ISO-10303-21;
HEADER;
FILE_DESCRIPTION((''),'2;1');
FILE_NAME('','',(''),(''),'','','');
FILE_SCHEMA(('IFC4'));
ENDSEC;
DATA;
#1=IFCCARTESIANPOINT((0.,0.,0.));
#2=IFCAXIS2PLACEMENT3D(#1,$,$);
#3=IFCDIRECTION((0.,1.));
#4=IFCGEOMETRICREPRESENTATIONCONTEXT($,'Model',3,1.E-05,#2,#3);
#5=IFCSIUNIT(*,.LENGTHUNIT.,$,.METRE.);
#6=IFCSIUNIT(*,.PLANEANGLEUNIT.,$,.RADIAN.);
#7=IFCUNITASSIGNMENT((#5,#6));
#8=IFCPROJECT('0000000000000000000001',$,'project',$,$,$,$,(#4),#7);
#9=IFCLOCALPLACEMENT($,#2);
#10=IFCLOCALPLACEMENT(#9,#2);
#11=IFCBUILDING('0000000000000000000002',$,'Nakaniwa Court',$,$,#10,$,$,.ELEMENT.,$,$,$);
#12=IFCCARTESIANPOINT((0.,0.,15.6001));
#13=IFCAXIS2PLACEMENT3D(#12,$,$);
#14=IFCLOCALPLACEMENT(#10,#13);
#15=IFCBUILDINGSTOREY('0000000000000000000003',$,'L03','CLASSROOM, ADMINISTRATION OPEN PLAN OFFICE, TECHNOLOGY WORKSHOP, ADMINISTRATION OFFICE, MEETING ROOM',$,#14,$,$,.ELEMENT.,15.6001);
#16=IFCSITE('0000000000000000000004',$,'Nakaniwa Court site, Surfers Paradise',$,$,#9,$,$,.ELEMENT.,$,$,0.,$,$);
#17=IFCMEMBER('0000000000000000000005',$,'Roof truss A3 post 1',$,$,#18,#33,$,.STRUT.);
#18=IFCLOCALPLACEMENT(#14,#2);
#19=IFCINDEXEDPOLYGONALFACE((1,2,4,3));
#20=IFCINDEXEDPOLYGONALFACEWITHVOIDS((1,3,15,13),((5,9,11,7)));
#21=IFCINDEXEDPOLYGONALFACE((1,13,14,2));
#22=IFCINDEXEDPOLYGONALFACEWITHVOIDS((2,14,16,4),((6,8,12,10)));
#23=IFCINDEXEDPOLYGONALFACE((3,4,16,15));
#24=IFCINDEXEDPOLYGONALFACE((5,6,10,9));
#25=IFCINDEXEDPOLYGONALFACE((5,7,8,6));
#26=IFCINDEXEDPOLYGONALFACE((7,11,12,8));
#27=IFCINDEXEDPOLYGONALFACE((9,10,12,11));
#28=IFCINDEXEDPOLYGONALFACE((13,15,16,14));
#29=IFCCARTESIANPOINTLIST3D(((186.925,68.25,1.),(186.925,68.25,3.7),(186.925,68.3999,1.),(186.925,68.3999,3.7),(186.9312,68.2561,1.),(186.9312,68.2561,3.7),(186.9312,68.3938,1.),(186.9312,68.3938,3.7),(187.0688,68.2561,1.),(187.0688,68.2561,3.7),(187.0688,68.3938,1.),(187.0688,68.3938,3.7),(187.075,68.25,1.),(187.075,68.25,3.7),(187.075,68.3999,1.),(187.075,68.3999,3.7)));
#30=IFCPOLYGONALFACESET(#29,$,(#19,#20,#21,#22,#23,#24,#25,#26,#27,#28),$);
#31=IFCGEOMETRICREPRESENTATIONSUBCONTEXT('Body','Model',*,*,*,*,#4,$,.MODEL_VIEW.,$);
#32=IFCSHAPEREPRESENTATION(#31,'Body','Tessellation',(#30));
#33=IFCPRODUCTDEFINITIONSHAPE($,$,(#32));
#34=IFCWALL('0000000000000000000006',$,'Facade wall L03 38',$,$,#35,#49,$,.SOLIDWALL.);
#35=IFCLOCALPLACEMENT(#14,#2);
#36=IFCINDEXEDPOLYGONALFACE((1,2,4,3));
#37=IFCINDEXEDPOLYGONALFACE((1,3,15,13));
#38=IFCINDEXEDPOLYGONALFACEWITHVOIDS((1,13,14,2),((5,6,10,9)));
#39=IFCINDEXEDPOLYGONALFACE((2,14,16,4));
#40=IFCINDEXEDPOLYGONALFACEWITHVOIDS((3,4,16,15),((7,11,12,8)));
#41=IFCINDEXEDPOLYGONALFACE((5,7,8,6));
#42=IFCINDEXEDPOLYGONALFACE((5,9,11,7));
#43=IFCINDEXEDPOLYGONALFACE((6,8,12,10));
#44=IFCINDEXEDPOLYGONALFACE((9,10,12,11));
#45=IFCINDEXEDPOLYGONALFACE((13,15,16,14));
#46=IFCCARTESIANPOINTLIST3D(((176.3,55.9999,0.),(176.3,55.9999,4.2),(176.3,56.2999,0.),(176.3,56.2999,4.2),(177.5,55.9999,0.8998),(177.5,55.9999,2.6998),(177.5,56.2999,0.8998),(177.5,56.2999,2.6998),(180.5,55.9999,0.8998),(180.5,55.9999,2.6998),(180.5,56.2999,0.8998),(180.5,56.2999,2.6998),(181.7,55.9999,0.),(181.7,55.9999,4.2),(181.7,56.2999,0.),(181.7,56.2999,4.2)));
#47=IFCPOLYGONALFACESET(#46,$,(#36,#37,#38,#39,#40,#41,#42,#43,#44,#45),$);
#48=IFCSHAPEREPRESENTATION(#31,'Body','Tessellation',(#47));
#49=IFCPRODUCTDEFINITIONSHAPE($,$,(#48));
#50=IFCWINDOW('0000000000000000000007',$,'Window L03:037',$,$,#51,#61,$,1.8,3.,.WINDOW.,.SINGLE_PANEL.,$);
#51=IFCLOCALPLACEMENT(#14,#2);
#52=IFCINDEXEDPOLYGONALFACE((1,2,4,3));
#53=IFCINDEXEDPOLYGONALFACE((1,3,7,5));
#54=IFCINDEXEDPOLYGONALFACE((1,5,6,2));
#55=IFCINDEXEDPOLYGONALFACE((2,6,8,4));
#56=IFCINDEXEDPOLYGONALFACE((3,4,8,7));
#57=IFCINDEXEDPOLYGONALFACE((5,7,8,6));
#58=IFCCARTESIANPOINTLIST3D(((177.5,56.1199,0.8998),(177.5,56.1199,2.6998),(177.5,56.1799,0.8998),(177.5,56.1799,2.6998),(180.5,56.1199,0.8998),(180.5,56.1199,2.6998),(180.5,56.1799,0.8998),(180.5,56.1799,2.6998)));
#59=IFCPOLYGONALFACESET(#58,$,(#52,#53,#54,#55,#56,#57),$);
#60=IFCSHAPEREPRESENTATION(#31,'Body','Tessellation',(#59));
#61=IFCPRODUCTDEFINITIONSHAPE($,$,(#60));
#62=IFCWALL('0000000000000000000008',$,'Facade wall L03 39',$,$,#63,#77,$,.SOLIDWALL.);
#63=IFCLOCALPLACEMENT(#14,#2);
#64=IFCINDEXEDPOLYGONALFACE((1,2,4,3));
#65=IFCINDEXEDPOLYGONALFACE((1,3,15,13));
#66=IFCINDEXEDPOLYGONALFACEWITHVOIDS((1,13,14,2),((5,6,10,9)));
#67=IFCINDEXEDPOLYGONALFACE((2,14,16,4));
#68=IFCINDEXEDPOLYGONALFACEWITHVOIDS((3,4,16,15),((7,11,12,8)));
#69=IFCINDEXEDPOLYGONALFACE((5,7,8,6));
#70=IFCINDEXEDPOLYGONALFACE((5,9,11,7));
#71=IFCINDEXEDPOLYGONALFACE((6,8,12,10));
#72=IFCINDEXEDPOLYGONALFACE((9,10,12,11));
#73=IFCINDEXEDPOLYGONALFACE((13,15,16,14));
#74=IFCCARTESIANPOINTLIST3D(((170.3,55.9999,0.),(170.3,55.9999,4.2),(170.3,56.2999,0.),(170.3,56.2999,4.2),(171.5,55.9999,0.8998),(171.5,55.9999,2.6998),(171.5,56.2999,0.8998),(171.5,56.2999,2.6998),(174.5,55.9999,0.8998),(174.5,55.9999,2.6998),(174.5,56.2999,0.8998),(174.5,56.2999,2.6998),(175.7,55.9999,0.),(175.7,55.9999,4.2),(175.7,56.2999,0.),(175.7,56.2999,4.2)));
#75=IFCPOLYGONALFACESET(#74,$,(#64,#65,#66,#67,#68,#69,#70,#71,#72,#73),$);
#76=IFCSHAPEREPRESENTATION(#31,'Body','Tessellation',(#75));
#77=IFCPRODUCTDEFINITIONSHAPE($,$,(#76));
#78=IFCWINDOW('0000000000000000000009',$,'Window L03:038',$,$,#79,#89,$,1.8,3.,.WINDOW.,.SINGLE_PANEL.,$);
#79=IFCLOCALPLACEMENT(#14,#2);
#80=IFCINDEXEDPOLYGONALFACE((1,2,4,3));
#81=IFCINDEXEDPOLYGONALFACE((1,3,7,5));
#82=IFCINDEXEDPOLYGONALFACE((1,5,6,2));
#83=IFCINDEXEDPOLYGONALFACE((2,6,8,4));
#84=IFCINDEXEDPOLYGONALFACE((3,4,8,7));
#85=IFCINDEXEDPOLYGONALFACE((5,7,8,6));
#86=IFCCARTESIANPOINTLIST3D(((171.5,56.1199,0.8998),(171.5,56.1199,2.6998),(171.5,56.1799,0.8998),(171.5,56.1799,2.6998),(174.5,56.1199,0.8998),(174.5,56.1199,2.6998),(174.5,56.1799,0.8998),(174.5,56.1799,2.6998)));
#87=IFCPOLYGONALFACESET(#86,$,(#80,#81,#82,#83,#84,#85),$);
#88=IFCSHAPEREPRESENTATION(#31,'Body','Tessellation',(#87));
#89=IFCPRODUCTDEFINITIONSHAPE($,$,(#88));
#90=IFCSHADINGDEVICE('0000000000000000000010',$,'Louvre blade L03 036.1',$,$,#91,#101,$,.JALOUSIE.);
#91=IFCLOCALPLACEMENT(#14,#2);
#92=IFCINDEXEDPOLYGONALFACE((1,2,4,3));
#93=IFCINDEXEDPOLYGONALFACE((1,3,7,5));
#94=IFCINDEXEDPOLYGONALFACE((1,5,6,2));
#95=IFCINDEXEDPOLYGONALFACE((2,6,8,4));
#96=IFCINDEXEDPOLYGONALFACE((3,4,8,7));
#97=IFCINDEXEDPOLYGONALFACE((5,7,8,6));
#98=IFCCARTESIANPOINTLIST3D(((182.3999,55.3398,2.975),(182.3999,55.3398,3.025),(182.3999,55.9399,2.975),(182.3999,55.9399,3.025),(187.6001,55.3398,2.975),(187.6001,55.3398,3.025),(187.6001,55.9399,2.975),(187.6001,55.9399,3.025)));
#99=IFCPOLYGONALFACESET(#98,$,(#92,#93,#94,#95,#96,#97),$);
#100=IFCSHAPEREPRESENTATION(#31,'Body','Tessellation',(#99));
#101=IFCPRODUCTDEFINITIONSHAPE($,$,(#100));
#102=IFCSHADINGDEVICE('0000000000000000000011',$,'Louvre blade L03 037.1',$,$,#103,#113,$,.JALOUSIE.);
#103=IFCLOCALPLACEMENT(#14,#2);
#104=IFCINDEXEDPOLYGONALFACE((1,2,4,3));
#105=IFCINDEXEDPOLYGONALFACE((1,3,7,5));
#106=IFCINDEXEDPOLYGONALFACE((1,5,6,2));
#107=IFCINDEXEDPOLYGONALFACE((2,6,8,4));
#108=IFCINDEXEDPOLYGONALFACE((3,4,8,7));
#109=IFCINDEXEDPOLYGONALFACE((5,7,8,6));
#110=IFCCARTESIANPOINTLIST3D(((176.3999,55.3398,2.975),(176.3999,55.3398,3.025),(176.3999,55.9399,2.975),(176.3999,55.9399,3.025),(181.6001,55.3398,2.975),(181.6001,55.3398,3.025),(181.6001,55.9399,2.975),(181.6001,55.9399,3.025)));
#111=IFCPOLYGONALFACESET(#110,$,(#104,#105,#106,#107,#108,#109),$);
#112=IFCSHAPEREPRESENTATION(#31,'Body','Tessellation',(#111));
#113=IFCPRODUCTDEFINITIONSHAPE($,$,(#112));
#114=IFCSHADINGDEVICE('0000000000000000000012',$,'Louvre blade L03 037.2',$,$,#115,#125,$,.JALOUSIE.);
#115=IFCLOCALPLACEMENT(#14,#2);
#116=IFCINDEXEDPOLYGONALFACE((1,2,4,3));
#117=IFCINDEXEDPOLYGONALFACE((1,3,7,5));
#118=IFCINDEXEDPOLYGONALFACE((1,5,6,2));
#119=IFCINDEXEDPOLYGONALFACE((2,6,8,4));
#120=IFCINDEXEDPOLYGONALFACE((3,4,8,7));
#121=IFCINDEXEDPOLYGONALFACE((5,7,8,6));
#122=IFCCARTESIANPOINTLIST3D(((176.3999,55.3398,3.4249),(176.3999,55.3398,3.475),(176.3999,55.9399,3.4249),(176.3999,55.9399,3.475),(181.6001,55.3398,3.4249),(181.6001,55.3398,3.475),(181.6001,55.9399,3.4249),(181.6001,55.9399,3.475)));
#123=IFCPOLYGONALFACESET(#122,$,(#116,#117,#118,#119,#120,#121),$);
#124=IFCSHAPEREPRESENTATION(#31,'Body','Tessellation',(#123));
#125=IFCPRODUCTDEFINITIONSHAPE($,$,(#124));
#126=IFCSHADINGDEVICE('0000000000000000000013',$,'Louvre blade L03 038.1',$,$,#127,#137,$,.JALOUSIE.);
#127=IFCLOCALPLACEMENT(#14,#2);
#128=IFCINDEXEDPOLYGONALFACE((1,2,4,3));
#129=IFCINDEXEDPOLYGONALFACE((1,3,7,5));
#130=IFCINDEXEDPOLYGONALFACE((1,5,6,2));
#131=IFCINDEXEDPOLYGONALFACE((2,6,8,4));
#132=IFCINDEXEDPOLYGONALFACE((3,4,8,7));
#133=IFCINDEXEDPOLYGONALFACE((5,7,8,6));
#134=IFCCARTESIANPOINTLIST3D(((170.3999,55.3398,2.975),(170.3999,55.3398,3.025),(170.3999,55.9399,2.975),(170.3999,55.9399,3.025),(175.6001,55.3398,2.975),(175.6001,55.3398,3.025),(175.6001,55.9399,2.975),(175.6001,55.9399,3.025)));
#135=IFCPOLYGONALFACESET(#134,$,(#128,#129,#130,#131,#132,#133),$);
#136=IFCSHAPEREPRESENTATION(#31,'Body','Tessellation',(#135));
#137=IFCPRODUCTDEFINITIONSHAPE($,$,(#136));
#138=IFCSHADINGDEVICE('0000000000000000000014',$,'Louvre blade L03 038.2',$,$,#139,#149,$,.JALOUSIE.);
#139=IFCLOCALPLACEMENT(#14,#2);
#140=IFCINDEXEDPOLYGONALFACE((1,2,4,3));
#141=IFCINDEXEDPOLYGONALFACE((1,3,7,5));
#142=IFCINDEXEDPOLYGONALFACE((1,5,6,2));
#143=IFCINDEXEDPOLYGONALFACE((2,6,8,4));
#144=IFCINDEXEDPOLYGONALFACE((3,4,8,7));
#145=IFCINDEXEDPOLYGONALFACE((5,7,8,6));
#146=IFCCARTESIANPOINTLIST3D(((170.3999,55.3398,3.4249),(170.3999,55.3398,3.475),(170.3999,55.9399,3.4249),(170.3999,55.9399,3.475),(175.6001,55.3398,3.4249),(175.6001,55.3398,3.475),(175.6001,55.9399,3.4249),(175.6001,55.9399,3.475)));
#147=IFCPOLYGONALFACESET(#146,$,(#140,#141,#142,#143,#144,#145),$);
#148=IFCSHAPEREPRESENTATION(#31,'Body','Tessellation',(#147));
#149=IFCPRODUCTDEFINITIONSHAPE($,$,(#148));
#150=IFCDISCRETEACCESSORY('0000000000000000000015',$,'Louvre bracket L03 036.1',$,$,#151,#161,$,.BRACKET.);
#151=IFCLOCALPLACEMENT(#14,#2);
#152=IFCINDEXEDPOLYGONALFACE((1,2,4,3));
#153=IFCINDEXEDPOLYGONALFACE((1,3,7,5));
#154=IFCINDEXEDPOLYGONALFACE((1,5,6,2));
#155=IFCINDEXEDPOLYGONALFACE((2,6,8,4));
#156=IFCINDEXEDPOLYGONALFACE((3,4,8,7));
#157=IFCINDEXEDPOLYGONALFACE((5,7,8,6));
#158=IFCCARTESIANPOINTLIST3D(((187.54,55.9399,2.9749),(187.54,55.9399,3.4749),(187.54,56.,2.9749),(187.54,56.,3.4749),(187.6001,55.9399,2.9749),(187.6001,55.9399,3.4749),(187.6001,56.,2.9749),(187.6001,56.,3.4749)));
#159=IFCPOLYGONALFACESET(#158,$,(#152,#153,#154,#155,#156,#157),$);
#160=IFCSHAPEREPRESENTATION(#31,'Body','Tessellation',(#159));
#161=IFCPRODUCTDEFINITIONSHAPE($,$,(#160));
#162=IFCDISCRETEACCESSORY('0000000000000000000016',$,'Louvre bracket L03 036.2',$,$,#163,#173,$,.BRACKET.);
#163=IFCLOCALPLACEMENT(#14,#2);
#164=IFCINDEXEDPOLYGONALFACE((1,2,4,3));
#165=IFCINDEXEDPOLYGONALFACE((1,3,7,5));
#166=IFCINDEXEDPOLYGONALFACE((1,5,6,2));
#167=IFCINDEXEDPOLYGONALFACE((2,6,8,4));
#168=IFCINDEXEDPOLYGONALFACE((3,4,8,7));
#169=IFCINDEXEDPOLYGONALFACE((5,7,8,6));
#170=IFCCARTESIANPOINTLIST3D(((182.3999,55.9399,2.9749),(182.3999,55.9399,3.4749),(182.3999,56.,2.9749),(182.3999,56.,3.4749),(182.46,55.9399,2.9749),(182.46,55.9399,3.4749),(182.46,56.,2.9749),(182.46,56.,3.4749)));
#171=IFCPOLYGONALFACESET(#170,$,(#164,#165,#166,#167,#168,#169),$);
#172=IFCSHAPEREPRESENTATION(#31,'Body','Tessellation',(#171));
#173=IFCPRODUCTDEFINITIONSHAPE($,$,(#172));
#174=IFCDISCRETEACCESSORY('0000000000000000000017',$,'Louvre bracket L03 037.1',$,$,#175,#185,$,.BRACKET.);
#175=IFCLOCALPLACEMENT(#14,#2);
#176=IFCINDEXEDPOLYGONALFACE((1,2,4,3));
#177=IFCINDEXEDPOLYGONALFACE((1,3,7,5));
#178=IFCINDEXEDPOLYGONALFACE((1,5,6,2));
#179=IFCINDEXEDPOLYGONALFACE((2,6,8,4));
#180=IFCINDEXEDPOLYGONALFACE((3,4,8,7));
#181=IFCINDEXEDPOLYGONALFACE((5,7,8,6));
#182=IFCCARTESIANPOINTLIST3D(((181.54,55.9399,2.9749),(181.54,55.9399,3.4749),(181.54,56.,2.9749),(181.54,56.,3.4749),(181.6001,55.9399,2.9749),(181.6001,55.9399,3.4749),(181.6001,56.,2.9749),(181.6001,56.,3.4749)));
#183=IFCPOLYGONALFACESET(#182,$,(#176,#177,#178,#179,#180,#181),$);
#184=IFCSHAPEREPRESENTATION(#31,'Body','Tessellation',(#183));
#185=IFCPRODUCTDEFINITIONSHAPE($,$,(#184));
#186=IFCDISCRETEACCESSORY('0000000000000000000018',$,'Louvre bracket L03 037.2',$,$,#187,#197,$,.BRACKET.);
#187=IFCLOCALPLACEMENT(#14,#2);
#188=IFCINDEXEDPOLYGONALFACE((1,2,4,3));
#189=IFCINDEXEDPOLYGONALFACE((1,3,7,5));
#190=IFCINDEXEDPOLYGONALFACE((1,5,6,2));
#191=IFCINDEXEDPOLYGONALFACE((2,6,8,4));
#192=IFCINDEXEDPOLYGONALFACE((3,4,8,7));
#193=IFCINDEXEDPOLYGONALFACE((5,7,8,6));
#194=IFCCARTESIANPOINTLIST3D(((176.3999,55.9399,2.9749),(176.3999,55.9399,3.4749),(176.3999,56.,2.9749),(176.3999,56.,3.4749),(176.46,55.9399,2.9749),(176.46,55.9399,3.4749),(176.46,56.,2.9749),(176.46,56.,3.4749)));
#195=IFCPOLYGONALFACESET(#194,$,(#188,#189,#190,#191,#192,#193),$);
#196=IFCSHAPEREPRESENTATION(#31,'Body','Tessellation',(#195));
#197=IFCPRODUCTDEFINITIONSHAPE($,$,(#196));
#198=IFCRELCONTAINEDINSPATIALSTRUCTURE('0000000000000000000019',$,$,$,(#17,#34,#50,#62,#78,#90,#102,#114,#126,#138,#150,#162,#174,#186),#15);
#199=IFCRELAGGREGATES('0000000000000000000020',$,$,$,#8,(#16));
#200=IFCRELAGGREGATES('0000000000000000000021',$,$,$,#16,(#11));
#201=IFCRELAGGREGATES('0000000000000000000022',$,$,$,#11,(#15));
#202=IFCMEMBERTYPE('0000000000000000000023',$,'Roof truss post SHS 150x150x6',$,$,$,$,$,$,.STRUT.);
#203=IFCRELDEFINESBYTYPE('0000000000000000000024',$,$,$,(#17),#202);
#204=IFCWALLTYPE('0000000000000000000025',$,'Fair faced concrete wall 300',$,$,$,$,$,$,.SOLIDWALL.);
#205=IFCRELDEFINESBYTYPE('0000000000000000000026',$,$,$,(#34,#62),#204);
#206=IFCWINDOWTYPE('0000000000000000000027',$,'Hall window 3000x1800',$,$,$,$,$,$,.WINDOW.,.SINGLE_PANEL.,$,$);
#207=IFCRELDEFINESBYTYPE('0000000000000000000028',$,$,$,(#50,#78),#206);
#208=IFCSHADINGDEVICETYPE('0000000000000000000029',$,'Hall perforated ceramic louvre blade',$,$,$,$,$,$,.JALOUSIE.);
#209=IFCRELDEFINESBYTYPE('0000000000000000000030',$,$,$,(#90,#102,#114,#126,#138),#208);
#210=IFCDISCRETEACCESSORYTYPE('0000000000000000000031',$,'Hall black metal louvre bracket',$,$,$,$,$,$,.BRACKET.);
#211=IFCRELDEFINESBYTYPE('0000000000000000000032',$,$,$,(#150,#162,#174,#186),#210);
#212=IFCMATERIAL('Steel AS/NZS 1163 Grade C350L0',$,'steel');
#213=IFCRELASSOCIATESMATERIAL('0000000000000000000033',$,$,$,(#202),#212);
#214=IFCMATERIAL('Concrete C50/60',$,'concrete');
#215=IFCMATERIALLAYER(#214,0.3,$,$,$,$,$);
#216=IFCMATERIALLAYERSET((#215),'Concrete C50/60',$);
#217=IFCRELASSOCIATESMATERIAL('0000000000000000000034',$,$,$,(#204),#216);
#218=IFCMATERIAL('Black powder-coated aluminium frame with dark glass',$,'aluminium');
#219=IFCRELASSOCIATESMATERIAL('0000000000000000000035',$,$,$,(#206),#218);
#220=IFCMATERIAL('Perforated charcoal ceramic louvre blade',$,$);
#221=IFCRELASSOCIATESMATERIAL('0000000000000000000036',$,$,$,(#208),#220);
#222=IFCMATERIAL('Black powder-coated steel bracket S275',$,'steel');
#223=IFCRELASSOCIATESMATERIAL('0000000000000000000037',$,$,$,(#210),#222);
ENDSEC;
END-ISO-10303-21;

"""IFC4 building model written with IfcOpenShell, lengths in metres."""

from ifc_helpers import new_model, si_unit, direction, frame, frame_2d, origin, origin_2d, place, context, subcontext, project, spatial, rectangle, hollow_rectangle, extrude, material, layer, layer_set, material_profile, profile_set, type_object, element, fill, save


model = new_model("IFC4")

# Units and contexts
model_context = context("Model", 3, precision=1e-05, world=origin(), true_north=direction((0.0, 1.0)))
body_context = subcontext(model_context, "Body", "Model", "MODEL_VIEW")
ifc_project = project(units=[si_unit("LENGTHUNIT", "METRE"), si_unit("PLANEANGLEUNIT", "RADIAN")], contexts=[model_context])

# Site, building, storey
site_placement = place(None, origin())
site = spatial("IfcSite", under=ifc_project, at=site_placement, Name="Nakaniwa Court site, Surfers Paradise", CompositionType="ELEMENT", RefElevation=0.0)
building_placement = place(site_placement, origin())
building = spatial("IfcBuilding", under=site, at=building_placement, Name="Nakaniwa Court", CompositionType="ELEMENT")
storey_placement = place(building_placement, frame((0.0, 0.0, 15.6001)))
storey = spatial("IfcBuildingStorey", under=building, at=storey_placement, Name="L03", Description="CLASSROOM, ADMINISTRATION OPEN PLAN OFFICE, TECHNOLOGY WORKSHOP, ADMINISTRATION OFFICE, MEETING ROOM", CompositionType="ELEMENT", Elevation=15.6001)

# Shared definitions
ifc_material_1 = material(Name="Concrete C50/60", Category="concrete")

# Member
ifc_material_2 = material(Name="Steel AS/NZS 1163 Grade C350L0", Category="steel")
ifc_material_profile_1 = material_profile(ifc_material_2, hollow_rectangle(XDim=0.1499, YDim=0.1499, WallThickness=0.0061, at=origin_2d()), Name="SHS 150x150x6")
ifc_profile_set_1 = profile_set([ifc_material_profile_1], Name="Steel AS/NZS 1163 Grade C350L0")
member_type_1 = type_object("IfcMemberType", Name="Roof truss post SHS 150x150x6", PredefinedType="STRUT", material=ifc_profile_set_1)
for number, where, z_axis, x_axis, name in (
    (1, (187.0, 68.325, 1.0), (0.0, 0.0, 1.0), (1.0, 0.0, 0.0), "Roof truss A3 post 1"),
):
    element("IfcMember", number, at=place(storey_placement, frame(where, z_axis=z_axis, x_axis=x_axis)), inside=storey, type_object=member_type_1, Name=name, PredefinedType="STRUT", context=body_context, shape_type="SweptSolid", body=[
        extrude(hollow_rectangle(XDim=0.1499, YDim=0.1499, WallThickness=0.0061, at=origin_2d()), origin(), (0.0, 0.0, 1.0), 2.7),
    ])

# Walls, openings, windows
ifc_layer = layer(ifc_material_1, 0.3)
ifc_layer_set = layer_set([ifc_layer], Name="Concrete C50/60")
wall_type = type_object("IfcWallType", Name="Fair faced concrete wall 300", PredefinedType="SOLIDWALL", material=ifc_layer_set)
wall_1_placement = place(storey_placement, frame((181.7, 56.1499, 0.0), z_axis=(0.0, 0.0, 1.0), x_axis=(-1.0, 0.0, 0.0)))
wall_1 = element("IfcWall", 2, at=wall_1_placement, inside=storey, type_object=wall_type, Name="Facade wall L03 38", PredefinedType="SOLIDWALL", context=body_context, shape_type="SweptSolid", body=[
    extrude(rectangle(XDim=5.3999, YDim=0.3, at=frame_2d((2.7, 0.0))), origin(), (0.0, 0.0, 1.0), 4.2),
])
opening_1_placement = place(wall_1_placement, frame((1.2, 0.0, 0.8999)))
opening_1 = element("IfcOpeningElement", 3, at=opening_1_placement, cuts=wall_1, PredefinedType="OPENING", context=body_context, shape_type="SweptSolid", body=[
    extrude(rectangle(XDim=3.0, YDim=1.8, at=frame_2d((1.5, 0.8999))), frame((0.0, 0.1599, 0.0), z_axis=(0.0, -1.0, 0.0), x_axis=(1.0, 0.0, 0.0)), (0.0, 0.0, 1.0), 0.3201),
])
ifc_material_3 = material(Name="Black powder-coated aluminium frame with dark glass", Category="aluminium")
window_type = type_object("IfcWindowType", Name="Hall window 3000x1800", PartitioningType="SINGLE_PANEL", PredefinedType="WINDOW", material=ifc_material_3)
window_1_placement = place(opening_1_placement, origin())
window_1 = element("IfcWindow", 4, at=window_1_placement, inside=storey, type_object=window_type, Name="Window L03:037", OverallHeight=1.8, OverallWidth=3.0, PartitioningType="SINGLE_PANEL", PredefinedType="WINDOW", context=body_context, shape_type="SweptSolid", body=[
    extrude(rectangle(XDim=3.0, YDim=1.8, at=frame_2d((1.5, 0.8999))), frame((0.0, 0.03, 0.0), z_axis=(0.0, -1.0, 0.0), x_axis=(1.0, 0.0, 0.0)), (0.0, 0.0, 1.0), 0.0601),
])
fill(opening_1, window_1)
wall_2_placement = place(storey_placement, frame((175.7, 56.1499, 0.0), z_axis=(0.0, 0.0, 1.0), x_axis=(-1.0, 0.0, 0.0)))
wall_2 = element("IfcWall", 5, at=wall_2_placement, inside=storey, type_object=wall_type, Name="Facade wall L03 39", PredefinedType="SOLIDWALL", context=body_context, shape_type="SweptSolid", body=[
    extrude(rectangle(XDim=5.3999, YDim=0.3, at=frame_2d((2.7, 0.0))), origin(), (0.0, 0.0, 1.0), 4.2),
])
opening_2_placement = place(wall_2_placement, frame((1.2, 0.0, 0.8999)))
opening_2 = element("IfcOpeningElement", 6, at=opening_2_placement, cuts=wall_2, PredefinedType="OPENING", context=body_context, shape_type="SweptSolid", body=[
    extrude(rectangle(XDim=3.0, YDim=1.8, at=frame_2d((1.5, 0.8999))), frame((0.0, 0.1599, 0.0), z_axis=(0.0, -1.0, 0.0), x_axis=(1.0, 0.0, 0.0)), (0.0, 0.0, 1.0), 0.3201),
])
window_2_placement = place(opening_2_placement, origin())
window_2 = element("IfcWindow", 7, at=window_2_placement, inside=storey, type_object=window_type, Name="Window L03:038", OverallHeight=1.8, OverallWidth=3.0, PartitioningType="SINGLE_PANEL", PredefinedType="WINDOW", context=body_context, shape_type="SweptSolid", body=[
    extrude(rectangle(XDim=3.0, YDim=1.8, at=frame_2d((1.5, 0.8999))), frame((0.0, 0.03, 0.0), z_axis=(0.0, -1.0, 0.0), x_axis=(1.0, 0.0, 0.0)), (0.0, 0.0, 1.0), 0.0601),
])
fill(opening_2, window_2)

# Shading devices
ifc_material_4 = material(Name="Perforated charcoal ceramic louvre blade")
ifc_material_profile_2 = material_profile(ifc_material_4, rectangle(XDim=0.6001, YDim=0.05, at=origin_2d()), Name="Hall perforated ceramic louvre blade")
ifc_profile_set_2 = profile_set([ifc_material_profile_2], Name="Perforated charcoal ceramic louvre blade")
shading_device_type = type_object("IfcShadingDeviceType", Name="Hall perforated ceramic louvre blade", PredefinedType="JALOUSIE", material=ifc_profile_set_2)
for number, where, z_axis, x_axis, name in (
    (8, (187.6001, 55.6399, 3.0), (-1.0, 0.0, 0.0), (0.0, -1.0, 0.0), "Louvre blade L03 036.1"),
    (9, (181.6001, 55.6399, 3.0), (-1.0, 0.0, 0.0), (0.0, -1.0, 0.0), "Louvre blade L03 037.1"),
    (10, (181.6001, 55.6399, 3.45), (-1.0, 0.0, 0.0), (0.0, -1.0, 0.0), "Louvre blade L03 037.2"),
    (11, (175.6001, 55.6399, 3.0), (-1.0, 0.0, 0.0), (0.0, -1.0, 0.0), "Louvre blade L03 038.1"),
    (12, (175.6001, 55.6399, 3.45), (-1.0, 0.0, 0.0), (0.0, -1.0, 0.0), "Louvre blade L03 038.2"),
):
    element("IfcShadingDevice", number, at=place(storey_placement, frame(where, z_axis=z_axis, x_axis=x_axis)), inside=storey, type_object=shading_device_type, Name=name, PredefinedType="JALOUSIE", context=body_context, shape_type="SweptSolid", body=[
        extrude(rectangle(XDim=0.6001, YDim=0.05, at=origin_2d()), origin(), (0.0, 0.0, 1.0), 5.2002),
    ])

# Discrete accessories
ifc_material_5 = material(Name="Black powder-coated steel bracket S275", Category="steel")
discrete_accessory_type = type_object("IfcDiscreteAccessoryType", Name="Hall black metal louvre bracket", PredefinedType="BRACKET", material=ifc_material_5)
for number, where, z_axis, x_axis, name in (
    (13, (187.5701, 55.97, 2.9749), (0.0, 0.0, 1.0), (-1.0, 0.0, 0.0), "Louvre bracket L03 036.1"),
    (14, (182.4299, 55.97, 2.9749), (0.0, 0.0, 1.0), (-1.0, 0.0, 0.0), "Louvre bracket L03 036.2"),
    (15, (181.5701, 55.97, 2.9749), (0.0, 0.0, 1.0), (-1.0, 0.0, 0.0), "Louvre bracket L03 037.1"),
    (16, (176.4299, 55.97, 2.9749), (0.0, 0.0, 1.0), (-1.0, 0.0, 0.0), "Louvre bracket L03 037.2"),
):
    element("IfcDiscreteAccessory", number, at=place(storey_placement, frame(where, z_axis=z_axis, x_axis=x_axis)), inside=storey, type_object=discrete_accessory_type, Name=name, PredefinedType="BRACKET", context=body_context, shape_type="SweptSolid", body=[
        extrude(rectangle(XDim=0.0601, YDim=0.0601, at=origin_2d()), origin(), (0.0, 0.0, 1.0), 0.5),
    ])

save(model, "model.ifc")
